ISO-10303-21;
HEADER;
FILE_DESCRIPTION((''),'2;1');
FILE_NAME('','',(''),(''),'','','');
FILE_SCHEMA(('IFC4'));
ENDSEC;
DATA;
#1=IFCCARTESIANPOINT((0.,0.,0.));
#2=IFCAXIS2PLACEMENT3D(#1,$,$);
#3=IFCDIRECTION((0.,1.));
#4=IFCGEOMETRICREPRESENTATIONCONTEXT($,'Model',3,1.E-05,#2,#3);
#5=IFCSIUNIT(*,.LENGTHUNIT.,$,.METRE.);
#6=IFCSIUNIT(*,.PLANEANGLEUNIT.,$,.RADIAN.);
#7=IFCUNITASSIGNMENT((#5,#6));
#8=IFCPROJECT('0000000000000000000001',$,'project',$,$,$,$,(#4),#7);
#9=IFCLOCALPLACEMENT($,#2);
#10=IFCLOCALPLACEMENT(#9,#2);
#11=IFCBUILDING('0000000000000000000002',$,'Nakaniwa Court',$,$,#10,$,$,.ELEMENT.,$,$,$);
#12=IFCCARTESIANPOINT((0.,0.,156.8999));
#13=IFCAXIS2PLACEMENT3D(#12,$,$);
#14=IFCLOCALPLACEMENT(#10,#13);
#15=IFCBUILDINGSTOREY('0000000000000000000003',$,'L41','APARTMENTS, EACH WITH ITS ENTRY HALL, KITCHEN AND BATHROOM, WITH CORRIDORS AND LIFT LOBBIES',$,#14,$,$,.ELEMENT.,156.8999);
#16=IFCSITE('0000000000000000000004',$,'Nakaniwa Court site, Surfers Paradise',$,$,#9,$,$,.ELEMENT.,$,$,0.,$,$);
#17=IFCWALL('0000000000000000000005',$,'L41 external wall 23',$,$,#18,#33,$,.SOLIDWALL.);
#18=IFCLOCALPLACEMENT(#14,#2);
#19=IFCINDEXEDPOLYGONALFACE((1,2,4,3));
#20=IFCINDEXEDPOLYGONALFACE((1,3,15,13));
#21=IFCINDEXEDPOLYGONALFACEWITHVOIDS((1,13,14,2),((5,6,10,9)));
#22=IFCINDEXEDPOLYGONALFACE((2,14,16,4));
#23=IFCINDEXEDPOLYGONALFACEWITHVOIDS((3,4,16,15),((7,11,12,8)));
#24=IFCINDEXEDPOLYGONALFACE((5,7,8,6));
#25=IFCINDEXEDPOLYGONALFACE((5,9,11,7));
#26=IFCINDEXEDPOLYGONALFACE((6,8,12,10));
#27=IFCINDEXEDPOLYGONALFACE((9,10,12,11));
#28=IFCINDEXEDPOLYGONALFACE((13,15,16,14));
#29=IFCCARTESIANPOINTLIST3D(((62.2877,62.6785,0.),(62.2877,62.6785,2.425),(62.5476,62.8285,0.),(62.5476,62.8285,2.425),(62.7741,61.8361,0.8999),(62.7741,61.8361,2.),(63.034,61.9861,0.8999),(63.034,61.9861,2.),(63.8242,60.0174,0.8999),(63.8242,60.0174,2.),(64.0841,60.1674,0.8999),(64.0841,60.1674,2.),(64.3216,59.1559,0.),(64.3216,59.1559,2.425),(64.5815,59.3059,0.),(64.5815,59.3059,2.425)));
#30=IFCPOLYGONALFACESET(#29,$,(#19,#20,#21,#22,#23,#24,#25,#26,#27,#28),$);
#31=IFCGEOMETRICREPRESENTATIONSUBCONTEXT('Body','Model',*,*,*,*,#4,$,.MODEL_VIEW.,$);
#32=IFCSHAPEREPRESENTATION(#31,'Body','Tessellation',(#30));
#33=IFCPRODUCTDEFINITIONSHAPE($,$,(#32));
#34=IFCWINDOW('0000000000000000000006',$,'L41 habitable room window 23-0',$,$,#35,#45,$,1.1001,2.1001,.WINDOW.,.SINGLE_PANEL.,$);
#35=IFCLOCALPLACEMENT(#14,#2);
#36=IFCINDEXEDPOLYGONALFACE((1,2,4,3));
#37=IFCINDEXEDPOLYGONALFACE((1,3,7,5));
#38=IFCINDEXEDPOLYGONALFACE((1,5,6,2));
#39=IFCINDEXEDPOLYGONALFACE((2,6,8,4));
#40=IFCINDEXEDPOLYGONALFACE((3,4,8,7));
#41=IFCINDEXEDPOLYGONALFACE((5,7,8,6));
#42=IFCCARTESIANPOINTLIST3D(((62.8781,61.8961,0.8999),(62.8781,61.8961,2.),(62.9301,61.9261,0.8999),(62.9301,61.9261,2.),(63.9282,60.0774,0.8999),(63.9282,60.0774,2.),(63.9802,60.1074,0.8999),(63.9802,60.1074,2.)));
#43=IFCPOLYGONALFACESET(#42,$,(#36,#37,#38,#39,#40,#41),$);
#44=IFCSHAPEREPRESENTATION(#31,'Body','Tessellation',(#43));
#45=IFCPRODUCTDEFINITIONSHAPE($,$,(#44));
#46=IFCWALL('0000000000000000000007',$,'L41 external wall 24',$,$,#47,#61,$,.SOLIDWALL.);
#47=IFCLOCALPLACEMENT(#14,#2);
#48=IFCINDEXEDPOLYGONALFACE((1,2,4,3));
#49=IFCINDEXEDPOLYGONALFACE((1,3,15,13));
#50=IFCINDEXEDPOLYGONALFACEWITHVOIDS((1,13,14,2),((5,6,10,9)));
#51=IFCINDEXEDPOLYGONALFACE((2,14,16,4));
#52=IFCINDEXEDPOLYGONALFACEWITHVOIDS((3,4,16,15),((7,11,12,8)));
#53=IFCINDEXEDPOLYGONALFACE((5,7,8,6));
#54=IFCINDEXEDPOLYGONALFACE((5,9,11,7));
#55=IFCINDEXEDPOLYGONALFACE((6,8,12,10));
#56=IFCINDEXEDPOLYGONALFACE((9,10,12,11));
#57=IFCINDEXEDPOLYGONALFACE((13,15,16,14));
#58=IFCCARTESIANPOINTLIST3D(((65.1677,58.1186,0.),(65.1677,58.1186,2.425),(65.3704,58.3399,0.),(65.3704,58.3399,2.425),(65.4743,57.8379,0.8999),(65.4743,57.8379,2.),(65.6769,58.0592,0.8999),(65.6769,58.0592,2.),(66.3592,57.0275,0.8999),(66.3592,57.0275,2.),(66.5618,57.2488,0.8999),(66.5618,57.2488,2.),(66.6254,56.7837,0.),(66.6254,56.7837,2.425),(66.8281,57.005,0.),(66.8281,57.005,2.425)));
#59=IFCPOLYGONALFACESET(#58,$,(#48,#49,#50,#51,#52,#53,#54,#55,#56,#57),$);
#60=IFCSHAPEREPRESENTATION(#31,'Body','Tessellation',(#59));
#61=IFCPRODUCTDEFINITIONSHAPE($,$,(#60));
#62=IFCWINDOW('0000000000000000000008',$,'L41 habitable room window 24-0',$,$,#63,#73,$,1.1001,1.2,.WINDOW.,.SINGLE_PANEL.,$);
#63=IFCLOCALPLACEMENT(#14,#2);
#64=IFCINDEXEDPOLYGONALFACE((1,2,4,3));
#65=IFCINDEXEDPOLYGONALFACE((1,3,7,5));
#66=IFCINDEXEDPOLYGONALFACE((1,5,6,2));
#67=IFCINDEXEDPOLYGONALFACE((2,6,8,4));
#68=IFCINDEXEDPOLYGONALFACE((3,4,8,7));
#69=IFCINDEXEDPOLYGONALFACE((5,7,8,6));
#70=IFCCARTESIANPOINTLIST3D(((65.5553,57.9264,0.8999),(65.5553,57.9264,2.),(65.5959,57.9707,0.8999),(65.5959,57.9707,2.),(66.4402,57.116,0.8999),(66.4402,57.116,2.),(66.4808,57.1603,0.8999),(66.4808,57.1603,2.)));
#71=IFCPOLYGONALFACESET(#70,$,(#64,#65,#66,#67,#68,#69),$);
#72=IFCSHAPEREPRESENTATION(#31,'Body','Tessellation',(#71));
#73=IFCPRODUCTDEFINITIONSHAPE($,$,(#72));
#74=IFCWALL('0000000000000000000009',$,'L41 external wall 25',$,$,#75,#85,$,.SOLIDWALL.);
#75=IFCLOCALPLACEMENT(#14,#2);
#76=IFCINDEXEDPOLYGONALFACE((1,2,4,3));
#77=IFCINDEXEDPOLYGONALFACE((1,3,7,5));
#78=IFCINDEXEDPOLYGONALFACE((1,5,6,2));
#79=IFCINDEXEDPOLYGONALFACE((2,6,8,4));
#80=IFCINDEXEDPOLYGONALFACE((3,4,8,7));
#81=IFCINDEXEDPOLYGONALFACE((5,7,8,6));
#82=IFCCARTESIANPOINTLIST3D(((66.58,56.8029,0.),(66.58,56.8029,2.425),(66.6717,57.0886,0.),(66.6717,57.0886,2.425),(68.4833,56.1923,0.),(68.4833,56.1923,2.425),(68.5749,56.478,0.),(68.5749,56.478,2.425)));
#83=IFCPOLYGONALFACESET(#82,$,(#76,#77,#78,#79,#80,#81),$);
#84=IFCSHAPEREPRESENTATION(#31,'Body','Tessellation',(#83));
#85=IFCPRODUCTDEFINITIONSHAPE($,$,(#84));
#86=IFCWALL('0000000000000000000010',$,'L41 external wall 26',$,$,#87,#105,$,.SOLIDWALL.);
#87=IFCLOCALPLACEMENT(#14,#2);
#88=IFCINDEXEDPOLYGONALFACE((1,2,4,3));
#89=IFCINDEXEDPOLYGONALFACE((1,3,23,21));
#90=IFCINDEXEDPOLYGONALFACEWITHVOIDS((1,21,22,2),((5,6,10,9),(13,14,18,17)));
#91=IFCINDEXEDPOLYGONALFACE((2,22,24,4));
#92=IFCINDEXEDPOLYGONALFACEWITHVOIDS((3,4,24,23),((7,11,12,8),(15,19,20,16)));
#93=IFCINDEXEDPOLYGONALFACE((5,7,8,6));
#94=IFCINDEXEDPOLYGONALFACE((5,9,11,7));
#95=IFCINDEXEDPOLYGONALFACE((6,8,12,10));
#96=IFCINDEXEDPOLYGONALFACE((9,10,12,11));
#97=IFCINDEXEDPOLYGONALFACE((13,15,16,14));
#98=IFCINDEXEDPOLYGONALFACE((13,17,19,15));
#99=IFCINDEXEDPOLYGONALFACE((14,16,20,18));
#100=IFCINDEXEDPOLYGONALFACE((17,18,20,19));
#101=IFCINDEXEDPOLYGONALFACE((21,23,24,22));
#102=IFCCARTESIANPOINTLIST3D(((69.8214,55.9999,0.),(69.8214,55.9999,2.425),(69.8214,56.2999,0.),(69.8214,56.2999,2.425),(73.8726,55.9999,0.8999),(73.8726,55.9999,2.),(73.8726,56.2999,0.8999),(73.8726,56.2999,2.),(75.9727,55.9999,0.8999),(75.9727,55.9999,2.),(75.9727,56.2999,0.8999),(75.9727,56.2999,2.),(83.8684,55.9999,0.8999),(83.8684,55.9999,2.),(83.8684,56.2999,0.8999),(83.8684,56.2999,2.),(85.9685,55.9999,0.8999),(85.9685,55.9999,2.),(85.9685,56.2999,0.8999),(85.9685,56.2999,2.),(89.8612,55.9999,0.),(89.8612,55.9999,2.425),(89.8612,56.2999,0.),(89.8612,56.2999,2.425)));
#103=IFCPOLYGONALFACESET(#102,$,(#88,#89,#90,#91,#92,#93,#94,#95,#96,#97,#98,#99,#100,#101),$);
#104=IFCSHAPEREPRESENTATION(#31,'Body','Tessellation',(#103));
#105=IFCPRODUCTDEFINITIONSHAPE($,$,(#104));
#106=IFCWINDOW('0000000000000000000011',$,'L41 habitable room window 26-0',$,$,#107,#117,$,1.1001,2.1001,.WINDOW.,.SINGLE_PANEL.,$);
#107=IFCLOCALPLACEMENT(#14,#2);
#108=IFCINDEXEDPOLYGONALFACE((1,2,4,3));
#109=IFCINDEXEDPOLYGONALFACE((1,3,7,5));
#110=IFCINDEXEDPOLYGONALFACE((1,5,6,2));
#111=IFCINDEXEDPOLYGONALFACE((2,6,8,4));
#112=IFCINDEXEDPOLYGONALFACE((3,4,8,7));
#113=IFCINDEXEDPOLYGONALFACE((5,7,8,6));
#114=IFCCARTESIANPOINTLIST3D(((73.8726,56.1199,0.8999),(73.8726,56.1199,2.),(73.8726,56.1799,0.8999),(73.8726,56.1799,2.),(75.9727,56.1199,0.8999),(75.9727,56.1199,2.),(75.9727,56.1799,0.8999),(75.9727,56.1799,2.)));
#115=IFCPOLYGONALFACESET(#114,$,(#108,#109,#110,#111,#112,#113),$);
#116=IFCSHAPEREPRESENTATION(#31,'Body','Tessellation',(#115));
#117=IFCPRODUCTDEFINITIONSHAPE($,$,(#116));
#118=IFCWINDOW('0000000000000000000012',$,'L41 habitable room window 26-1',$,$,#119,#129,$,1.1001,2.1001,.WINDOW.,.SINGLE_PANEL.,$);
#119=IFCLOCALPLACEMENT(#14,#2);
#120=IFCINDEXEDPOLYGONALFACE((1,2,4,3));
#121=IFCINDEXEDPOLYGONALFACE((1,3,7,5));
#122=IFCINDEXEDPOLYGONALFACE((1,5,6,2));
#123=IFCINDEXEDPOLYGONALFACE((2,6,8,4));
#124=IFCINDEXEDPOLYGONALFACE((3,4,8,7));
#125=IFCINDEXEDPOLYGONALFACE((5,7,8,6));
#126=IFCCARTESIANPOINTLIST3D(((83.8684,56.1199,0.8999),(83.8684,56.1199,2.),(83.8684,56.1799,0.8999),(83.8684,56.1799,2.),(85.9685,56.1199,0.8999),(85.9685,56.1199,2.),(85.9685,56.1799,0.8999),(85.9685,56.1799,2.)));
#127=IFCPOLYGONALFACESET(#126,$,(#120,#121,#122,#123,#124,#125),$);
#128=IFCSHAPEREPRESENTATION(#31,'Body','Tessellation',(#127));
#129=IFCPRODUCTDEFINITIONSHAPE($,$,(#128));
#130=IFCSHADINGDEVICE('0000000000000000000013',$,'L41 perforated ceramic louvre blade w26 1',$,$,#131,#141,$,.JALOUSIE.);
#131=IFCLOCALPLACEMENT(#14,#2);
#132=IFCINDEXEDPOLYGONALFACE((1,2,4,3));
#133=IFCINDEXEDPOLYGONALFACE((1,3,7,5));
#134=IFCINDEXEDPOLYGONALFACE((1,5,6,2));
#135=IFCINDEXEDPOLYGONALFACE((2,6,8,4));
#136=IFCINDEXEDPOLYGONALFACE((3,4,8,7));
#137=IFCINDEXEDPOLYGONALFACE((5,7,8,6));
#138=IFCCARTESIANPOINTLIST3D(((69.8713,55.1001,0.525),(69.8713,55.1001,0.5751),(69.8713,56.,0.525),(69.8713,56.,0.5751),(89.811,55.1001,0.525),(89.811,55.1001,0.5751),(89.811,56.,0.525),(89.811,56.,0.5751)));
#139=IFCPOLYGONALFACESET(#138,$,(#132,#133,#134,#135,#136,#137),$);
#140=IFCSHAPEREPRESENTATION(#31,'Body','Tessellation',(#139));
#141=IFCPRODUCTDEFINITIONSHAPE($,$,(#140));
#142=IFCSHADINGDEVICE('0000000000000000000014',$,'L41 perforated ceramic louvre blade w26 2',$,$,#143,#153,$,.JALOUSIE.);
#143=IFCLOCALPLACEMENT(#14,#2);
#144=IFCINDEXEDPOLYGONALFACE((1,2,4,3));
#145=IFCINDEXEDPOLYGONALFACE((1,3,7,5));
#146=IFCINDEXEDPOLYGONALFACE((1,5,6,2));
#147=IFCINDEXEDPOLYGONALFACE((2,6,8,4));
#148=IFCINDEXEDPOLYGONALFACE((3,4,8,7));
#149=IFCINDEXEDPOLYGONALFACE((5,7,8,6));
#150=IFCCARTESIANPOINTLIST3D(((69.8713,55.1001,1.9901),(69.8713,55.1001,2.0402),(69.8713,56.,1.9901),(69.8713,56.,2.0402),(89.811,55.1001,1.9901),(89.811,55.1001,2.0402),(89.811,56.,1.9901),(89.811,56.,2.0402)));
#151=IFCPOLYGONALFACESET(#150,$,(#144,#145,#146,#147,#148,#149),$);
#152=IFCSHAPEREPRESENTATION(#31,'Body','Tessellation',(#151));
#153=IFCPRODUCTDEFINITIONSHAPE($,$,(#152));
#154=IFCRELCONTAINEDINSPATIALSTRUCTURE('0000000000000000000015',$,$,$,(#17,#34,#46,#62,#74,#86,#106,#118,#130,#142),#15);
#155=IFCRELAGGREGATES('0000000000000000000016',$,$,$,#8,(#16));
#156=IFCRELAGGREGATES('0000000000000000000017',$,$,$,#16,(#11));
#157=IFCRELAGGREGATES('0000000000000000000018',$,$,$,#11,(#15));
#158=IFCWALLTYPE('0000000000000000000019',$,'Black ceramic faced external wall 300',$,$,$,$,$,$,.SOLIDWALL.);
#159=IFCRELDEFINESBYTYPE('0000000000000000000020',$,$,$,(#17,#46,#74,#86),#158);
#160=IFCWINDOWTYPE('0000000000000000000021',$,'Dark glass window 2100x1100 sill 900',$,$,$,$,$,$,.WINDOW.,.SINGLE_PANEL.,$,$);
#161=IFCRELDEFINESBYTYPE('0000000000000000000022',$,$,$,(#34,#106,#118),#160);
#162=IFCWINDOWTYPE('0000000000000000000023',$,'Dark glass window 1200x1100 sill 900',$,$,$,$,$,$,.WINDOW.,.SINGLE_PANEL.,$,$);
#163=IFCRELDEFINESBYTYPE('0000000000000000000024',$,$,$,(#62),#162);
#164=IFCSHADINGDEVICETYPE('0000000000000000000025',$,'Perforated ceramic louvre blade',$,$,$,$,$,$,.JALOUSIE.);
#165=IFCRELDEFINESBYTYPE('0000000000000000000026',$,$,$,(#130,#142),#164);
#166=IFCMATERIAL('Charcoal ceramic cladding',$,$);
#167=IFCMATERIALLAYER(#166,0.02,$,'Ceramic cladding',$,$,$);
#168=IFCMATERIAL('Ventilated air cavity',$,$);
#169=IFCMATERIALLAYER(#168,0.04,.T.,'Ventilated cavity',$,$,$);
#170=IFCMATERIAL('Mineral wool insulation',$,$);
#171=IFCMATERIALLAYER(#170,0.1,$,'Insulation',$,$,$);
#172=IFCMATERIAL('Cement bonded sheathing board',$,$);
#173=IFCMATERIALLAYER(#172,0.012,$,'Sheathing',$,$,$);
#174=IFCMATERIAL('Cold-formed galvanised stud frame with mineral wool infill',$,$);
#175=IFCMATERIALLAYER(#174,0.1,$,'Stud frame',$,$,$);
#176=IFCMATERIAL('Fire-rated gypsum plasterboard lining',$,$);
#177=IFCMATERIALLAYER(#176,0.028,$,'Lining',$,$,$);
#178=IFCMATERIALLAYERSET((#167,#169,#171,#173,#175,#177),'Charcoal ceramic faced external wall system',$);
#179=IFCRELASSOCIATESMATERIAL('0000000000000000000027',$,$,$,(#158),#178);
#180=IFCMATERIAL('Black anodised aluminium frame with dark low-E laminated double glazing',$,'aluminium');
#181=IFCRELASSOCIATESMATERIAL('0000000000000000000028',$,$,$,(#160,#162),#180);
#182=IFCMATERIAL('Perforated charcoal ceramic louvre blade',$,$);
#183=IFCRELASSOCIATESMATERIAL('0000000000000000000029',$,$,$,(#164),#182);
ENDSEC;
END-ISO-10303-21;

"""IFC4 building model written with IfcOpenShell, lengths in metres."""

from ifc_helpers import new_model, si_unit, direction, frame, frame_2d, origin, origin_2d, place, context, subcontext, project, spatial, rectangle, extrude, material, layer, layer_set, material_profile, profile_set, type_object, element, fill, save


model = new_model("IFC4")

# Units and contexts
model_context = context("Model", 3, precision=1e-05, world=origin(), true_north=direction((0.0, 1.0)))
body_context = subcontext(model_context, "Body", "Model", "MODEL_VIEW")
ifc_project = project(units=[si_unit("LENGTHUNIT", "METRE"), si_unit("PLANEANGLEUNIT", "RADIAN")], contexts=[model_context])

# Site, building, storey
site_placement = place(None, origin())
site = spatial("IfcSite", under=ifc_project, at=site_placement, Name="Nakaniwa Court site, Surfers Paradise", CompositionType="ELEMENT", RefElevation=0.0)
building_placement = place(site_placement, origin())
building = spatial("IfcBuilding", under=site, at=building_placement, Name="Nakaniwa Court", CompositionType="ELEMENT")
storey_placement = place(building_placement, frame((0.0, 0.0, 156.8999)))
storey = spatial("IfcBuildingStorey", under=building, at=storey_placement, Name="L41", Description="APARTMENTS, EACH WITH ITS ENTRY HALL, KITCHEN AND BATHROOM, WITH CORRIDORS AND LIFT LOBBIES", CompositionType="ELEMENT", Elevation=156.8999)

# Walls, openings, windows
ifc_material_1 = material(Name="Charcoal ceramic cladding")
ifc_layer_1 = layer(ifc_material_1, 0.02, Name="Ceramic cladding")
ifc_material_2 = material(Name="Ventilated air cavity")
ifc_layer_2 = layer(ifc_material_2, 0.04, ventilated=True, Name="Ventilated cavity")
ifc_material_3 = material(Name="Mineral wool insulation")
ifc_layer_3 = layer(ifc_material_3, 0.1, Name="Insulation")
ifc_material_4 = material(Name="Cement bonded sheathing board")
ifc_layer_4 = layer(ifc_material_4, 0.012, Name="Sheathing")
ifc_material_5 = material(Name="Cold-formed galvanised stud frame with mineral wool infill")
ifc_layer_5 = layer(ifc_material_5, 0.1, Name="Stud frame")
ifc_material_6 = material(Name="Fire-rated gypsum plasterboard lining")
ifc_layer_6 = layer(ifc_material_6, 0.028, Name="Lining")
ifc_layer_set_1 = layer_set([ifc_layer_1, ifc_layer_2, ifc_layer_3, ifc_layer_4, ifc_layer_5, ifc_layer_6], Name="Charcoal ceramic faced external wall system")
wall_type_1 = type_object("IfcWallType", Name="Black ceramic faced external wall 300", PredefinedType="SOLIDWALL", material=ifc_layer_set_1)
wall_1_placement = place(storey_placement, frame((62.4177, 62.7534, 0.0), z_axis=(0.0, 0.0, 1.0), x_axis=(0.500019, -0.866015, 0.0)))
wall_1 = element("IfcWall", 1, at=wall_1_placement, inside=storey, type_object=wall_type_1, Name="L41 external wall 23", PredefinedType="SOLIDWALL", context=body_context, shape_type="SweptSolid", body=[
    extrude(rectangle(XDim=4.0676, YDim=0.3, at=frame_2d((2.0337, 0.0))), origin(), (0.0, 0.0, 1.0), 2.425),
])
opening_1_placement = place(wall_1_placement, frame((0.9727, 0.0, 0.8999)))
opening_1 = element("IfcOpeningElement", 2, at=opening_1_placement, cuts=wall_1, PredefinedType="OPENING", context=body_context, shape_type="SweptSolid", body=[
    extrude(rectangle(XDim=2.1001, YDim=1.1001, at=frame_2d((1.05, 0.55))), frame((0.0, 0.1599, 0.0), z_axis=(0.0, -1.0, 0.0), x_axis=(1.0, 0.0, 0.0)), (0.0, 0.0, 1.0), 0.3201),
])
ifc_material_7 = material(Name="Black anodised aluminium frame with dark low-E laminated double glazing", Category="aluminium")
window_type_1 = type_object("IfcWindowType", Name="Dark glass window 2100x1100 sill 900", PartitioningType="SINGLE_PANEL", PredefinedType="WINDOW", material=ifc_material_7)
window_1_placement = place(opening_1_placement, origin())
window_1 = element("IfcWindow", 3, at=window_1_placement, inside=storey, type_object=window_type_1, Name="L41 habitable room window 23-0", OverallHeight=1.1001, OverallWidth=2.1001, PartitioningType="SINGLE_PANEL", PredefinedType="WINDOW", context=body_context, shape_type="SweptSolid", body=[
    extrude(rectangle(XDim=2.1001, YDim=1.1001, at=frame_2d((1.05, 0.55))), frame((0.0, 0.03, 0.0), z_axis=(0.0, -1.0, 0.0), x_axis=(1.0, 0.0, 0.0)), (0.0, 0.0, 1.0), 0.0601),
])
fill(opening_1, window_1)
wall_2_placement = place(storey_placement, frame((65.269, 58.2292, 0.0), z_axis=(0.0, 0.0, 1.0), x_axis=(0.737487, -0.675361, 0.0)))
wall_2 = element("IfcWall", 4, at=wall_2_placement, inside=storey, type_object=wall_type_1, Name="L41 external wall 24", PredefinedType="SOLIDWALL", context=body_context, shape_type="SweptSolid", body=[
    extrude(rectangle(XDim=1.9766, YDim=0.3, at=frame_2d((0.9883, 0.0))), origin(), (0.0, 0.0, 1.0), 2.425),
])
opening_2_placement = place(wall_2_placement, frame((0.4155, 0.0, 0.8999)))
opening_2 = element("IfcOpeningElement", 5, at=opening_2_placement, cuts=wall_2, PredefinedType="OPENING", context=body_context, shape_type="SweptSolid", body=[
    extrude(rectangle(XDim=1.2, YDim=1.1001, at=frame_2d((0.6001, 0.55))), frame((0.0, 0.1599, 0.0), z_axis=(0.0, -1.0, 0.0), x_axis=(1.0, 0.0, 0.0)), (0.0, 0.0, 1.0), 0.3201),
])
window_type_2 = type_object("IfcWindowType", Name="Dark glass window 1200x1100 sill 900", PartitioningType="SINGLE_PANEL", PredefinedType="WINDOW", material=ifc_material_7)
window_2_placement = place(opening_2_placement, origin())
window_2 = element("IfcWindow", 6, at=window_2_placement, inside=storey, type_object=window_type_2, Name="L41 habitable room window 24-0", OverallHeight=1.1001, OverallWidth=1.2, PartitioningType="SINGLE_PANEL", PredefinedType="WINDOW", context=body_context, shape_type="SweptSolid", body=[
    extrude(rectangle(XDim=1.2, YDim=1.1001, at=frame_2d((0.6001, 0.55))), frame((0.0, 0.03, 0.0), z_axis=(0.0, -1.0, 0.0), x_axis=(1.0, 0.0, 0.0)), (0.0, 0.0, 1.0), 0.0601),
])
fill(opening_2, window_2)

# Wall
wall_3_placement = place(storey_placement, frame((66.6257, 56.9458, 0.0), z_axis=(0.0, 0.0, 1.0), x_axis=(0.952201, -0.305471, 0.0)))
element("IfcWall", 7, at=wall_3_placement, inside=storey, type_object=wall_type_1, Name="L41 external wall 25", PredefinedType="SOLIDWALL", context=body_context, shape_type="SweptSolid", body=[
    extrude(rectangle(XDim=1.9988, YDim=0.3, at=frame_2d((0.9995, 0.0))), origin(), (0.0, 0.0, 1.0), 2.425),
])

# Wall, openings, windows
wall_4_placement = place(storey_placement, frame((69.8213, 56.1499, 0.0), z_axis=(0.0, 0.0, 1.0), x_axis=(1.0, 0.0, 0.0)))
wall_4 = element("IfcWall", 8, at=wall_4_placement, inside=storey, type_object=wall_type_1, Name="L41 external wall 26", PredefinedType="SOLIDWALL", context=body_context, shape_type="SweptSolid", body=[
    extrude(rectangle(XDim=20.0398, YDim=0.3, at=frame_2d((10.02, 0.0))), origin(), (0.0, 0.0, 1.0), 2.425),
])
opening_3_placement = place(wall_4_placement, frame((4.0513, 0.0, 0.8999)))
opening_3 = element("IfcOpeningElement", 9, at=opening_3_placement, cuts=wall_4, PredefinedType="OPENING", context=body_context, shape_type="SweptSolid", body=[
    extrude(rectangle(XDim=2.1001, YDim=1.1001, at=frame_2d((1.05, 0.55))), frame((0.0, 0.1599, 0.0), z_axis=(0.0, -1.0, 0.0), x_axis=(1.0, 0.0, 0.0)), (0.0, 0.0, 1.0), 0.3201),
])
opening_4_placement = place(wall_4_placement, frame((14.0471, 0.0, 0.8999)))
opening_4 = element("IfcOpeningElement", 10, at=opening_4_placement, cuts=wall_4, PredefinedType="OPENING", context=body_context, shape_type="SweptSolid", body=[
    extrude(rectangle(XDim=2.1001, YDim=1.1001, at=frame_2d((1.05, 0.55))), frame((0.0, 0.1599, 0.0), z_axis=(0.0, -1.0, 0.0), x_axis=(1.0, 0.0, 0.0)), (0.0, 0.0, 1.0), 0.3201),
])
window_3_placement = place(opening_3_placement, origin())
window_3 = element("IfcWindow", 11, at=window_3_placement, inside=storey, type_object=window_type_1, Name="L41 habitable room window 26-0", OverallHeight=1.1001, OverallWidth=2.1001, PartitioningType="SINGLE_PANEL", PredefinedType="WINDOW", context=body_context, shape_type="SweptSolid", body=[
    extrude(rectangle(XDim=2.1001, YDim=1.1001, at=frame_2d((1.05, 0.55))), frame((0.0, 0.03, 0.0), z_axis=(0.0, -1.0, 0.0), x_axis=(1.0, 0.0, 0.0)), (0.0, 0.0, 1.0), 0.0601),
])
fill(opening_3, window_3)
window_4_placement = place(opening_4_placement, origin())
window_4 = element("IfcWindow", 12, at=window_4_placement, inside=storey, type_object=window_type_1, Name="L41 habitable room window 26-1", OverallHeight=1.1001, OverallWidth=2.1001, PartitioningType="SINGLE_PANEL", PredefinedType="WINDOW", context=body_context, shape_type="SweptSolid", body=[
    extrude(rectangle(XDim=2.1001, YDim=1.1001, at=frame_2d((1.05, 0.55))), frame((0.0, 0.03, 0.0), z_axis=(0.0, -1.0, 0.0), x_axis=(1.0, 0.0, 0.0)), (0.0, 0.0, 1.0), 0.0601),
])
fill(opening_4, window_4)

# Shading devices
ifc_material_8 = material(Name="Perforated charcoal ceramic louvre blade")
ifc_material_profile_1 = material_profile(ifc_material_8, rectangle(XDim=0.8999, YDim=0.05, at=origin_2d()), Name="Perforated ceramic louvre blade")
ifc_profile_set_1 = profile_set([ifc_material_profile_1], Name="Perforated charcoal ceramic louvre blade")
shading_device_type = type_object("IfcShadingDeviceType", Name="Perforated ceramic louvre blade", PredefinedType="JALOUSIE", material=ifc_profile_set_1)
for number, where, z_axis, x_axis, name in (
    (13, (69.8713, 55.55, 0.55), (1.0, 0.0, 0.0), (0.0, 1.0, 0.0), "L41 perforated ceramic louvre blade w26 1"),
    (14, (69.8713, 55.55, 2.0151), (1.0, 0.0, 0.0), (0.0, 1.0, 0.0), "L41 perforated ceramic louvre blade w26 2"),
):
    element("IfcShadingDevice", number, at=place(storey_placement, frame(where, z_axis=z_axis, x_axis=x_axis)), inside=storey, type_object=shading_device_type, Name=name, PredefinedType="JALOUSIE", context=body_context, shape_type="SweptSolid", body=[
        extrude(rectangle(XDim=0.8999, YDim=0.05, at=origin_2d()), origin(), (0.0, 0.0, 1.0), 19.9397),
    ])

save(model, "model.ifc")
